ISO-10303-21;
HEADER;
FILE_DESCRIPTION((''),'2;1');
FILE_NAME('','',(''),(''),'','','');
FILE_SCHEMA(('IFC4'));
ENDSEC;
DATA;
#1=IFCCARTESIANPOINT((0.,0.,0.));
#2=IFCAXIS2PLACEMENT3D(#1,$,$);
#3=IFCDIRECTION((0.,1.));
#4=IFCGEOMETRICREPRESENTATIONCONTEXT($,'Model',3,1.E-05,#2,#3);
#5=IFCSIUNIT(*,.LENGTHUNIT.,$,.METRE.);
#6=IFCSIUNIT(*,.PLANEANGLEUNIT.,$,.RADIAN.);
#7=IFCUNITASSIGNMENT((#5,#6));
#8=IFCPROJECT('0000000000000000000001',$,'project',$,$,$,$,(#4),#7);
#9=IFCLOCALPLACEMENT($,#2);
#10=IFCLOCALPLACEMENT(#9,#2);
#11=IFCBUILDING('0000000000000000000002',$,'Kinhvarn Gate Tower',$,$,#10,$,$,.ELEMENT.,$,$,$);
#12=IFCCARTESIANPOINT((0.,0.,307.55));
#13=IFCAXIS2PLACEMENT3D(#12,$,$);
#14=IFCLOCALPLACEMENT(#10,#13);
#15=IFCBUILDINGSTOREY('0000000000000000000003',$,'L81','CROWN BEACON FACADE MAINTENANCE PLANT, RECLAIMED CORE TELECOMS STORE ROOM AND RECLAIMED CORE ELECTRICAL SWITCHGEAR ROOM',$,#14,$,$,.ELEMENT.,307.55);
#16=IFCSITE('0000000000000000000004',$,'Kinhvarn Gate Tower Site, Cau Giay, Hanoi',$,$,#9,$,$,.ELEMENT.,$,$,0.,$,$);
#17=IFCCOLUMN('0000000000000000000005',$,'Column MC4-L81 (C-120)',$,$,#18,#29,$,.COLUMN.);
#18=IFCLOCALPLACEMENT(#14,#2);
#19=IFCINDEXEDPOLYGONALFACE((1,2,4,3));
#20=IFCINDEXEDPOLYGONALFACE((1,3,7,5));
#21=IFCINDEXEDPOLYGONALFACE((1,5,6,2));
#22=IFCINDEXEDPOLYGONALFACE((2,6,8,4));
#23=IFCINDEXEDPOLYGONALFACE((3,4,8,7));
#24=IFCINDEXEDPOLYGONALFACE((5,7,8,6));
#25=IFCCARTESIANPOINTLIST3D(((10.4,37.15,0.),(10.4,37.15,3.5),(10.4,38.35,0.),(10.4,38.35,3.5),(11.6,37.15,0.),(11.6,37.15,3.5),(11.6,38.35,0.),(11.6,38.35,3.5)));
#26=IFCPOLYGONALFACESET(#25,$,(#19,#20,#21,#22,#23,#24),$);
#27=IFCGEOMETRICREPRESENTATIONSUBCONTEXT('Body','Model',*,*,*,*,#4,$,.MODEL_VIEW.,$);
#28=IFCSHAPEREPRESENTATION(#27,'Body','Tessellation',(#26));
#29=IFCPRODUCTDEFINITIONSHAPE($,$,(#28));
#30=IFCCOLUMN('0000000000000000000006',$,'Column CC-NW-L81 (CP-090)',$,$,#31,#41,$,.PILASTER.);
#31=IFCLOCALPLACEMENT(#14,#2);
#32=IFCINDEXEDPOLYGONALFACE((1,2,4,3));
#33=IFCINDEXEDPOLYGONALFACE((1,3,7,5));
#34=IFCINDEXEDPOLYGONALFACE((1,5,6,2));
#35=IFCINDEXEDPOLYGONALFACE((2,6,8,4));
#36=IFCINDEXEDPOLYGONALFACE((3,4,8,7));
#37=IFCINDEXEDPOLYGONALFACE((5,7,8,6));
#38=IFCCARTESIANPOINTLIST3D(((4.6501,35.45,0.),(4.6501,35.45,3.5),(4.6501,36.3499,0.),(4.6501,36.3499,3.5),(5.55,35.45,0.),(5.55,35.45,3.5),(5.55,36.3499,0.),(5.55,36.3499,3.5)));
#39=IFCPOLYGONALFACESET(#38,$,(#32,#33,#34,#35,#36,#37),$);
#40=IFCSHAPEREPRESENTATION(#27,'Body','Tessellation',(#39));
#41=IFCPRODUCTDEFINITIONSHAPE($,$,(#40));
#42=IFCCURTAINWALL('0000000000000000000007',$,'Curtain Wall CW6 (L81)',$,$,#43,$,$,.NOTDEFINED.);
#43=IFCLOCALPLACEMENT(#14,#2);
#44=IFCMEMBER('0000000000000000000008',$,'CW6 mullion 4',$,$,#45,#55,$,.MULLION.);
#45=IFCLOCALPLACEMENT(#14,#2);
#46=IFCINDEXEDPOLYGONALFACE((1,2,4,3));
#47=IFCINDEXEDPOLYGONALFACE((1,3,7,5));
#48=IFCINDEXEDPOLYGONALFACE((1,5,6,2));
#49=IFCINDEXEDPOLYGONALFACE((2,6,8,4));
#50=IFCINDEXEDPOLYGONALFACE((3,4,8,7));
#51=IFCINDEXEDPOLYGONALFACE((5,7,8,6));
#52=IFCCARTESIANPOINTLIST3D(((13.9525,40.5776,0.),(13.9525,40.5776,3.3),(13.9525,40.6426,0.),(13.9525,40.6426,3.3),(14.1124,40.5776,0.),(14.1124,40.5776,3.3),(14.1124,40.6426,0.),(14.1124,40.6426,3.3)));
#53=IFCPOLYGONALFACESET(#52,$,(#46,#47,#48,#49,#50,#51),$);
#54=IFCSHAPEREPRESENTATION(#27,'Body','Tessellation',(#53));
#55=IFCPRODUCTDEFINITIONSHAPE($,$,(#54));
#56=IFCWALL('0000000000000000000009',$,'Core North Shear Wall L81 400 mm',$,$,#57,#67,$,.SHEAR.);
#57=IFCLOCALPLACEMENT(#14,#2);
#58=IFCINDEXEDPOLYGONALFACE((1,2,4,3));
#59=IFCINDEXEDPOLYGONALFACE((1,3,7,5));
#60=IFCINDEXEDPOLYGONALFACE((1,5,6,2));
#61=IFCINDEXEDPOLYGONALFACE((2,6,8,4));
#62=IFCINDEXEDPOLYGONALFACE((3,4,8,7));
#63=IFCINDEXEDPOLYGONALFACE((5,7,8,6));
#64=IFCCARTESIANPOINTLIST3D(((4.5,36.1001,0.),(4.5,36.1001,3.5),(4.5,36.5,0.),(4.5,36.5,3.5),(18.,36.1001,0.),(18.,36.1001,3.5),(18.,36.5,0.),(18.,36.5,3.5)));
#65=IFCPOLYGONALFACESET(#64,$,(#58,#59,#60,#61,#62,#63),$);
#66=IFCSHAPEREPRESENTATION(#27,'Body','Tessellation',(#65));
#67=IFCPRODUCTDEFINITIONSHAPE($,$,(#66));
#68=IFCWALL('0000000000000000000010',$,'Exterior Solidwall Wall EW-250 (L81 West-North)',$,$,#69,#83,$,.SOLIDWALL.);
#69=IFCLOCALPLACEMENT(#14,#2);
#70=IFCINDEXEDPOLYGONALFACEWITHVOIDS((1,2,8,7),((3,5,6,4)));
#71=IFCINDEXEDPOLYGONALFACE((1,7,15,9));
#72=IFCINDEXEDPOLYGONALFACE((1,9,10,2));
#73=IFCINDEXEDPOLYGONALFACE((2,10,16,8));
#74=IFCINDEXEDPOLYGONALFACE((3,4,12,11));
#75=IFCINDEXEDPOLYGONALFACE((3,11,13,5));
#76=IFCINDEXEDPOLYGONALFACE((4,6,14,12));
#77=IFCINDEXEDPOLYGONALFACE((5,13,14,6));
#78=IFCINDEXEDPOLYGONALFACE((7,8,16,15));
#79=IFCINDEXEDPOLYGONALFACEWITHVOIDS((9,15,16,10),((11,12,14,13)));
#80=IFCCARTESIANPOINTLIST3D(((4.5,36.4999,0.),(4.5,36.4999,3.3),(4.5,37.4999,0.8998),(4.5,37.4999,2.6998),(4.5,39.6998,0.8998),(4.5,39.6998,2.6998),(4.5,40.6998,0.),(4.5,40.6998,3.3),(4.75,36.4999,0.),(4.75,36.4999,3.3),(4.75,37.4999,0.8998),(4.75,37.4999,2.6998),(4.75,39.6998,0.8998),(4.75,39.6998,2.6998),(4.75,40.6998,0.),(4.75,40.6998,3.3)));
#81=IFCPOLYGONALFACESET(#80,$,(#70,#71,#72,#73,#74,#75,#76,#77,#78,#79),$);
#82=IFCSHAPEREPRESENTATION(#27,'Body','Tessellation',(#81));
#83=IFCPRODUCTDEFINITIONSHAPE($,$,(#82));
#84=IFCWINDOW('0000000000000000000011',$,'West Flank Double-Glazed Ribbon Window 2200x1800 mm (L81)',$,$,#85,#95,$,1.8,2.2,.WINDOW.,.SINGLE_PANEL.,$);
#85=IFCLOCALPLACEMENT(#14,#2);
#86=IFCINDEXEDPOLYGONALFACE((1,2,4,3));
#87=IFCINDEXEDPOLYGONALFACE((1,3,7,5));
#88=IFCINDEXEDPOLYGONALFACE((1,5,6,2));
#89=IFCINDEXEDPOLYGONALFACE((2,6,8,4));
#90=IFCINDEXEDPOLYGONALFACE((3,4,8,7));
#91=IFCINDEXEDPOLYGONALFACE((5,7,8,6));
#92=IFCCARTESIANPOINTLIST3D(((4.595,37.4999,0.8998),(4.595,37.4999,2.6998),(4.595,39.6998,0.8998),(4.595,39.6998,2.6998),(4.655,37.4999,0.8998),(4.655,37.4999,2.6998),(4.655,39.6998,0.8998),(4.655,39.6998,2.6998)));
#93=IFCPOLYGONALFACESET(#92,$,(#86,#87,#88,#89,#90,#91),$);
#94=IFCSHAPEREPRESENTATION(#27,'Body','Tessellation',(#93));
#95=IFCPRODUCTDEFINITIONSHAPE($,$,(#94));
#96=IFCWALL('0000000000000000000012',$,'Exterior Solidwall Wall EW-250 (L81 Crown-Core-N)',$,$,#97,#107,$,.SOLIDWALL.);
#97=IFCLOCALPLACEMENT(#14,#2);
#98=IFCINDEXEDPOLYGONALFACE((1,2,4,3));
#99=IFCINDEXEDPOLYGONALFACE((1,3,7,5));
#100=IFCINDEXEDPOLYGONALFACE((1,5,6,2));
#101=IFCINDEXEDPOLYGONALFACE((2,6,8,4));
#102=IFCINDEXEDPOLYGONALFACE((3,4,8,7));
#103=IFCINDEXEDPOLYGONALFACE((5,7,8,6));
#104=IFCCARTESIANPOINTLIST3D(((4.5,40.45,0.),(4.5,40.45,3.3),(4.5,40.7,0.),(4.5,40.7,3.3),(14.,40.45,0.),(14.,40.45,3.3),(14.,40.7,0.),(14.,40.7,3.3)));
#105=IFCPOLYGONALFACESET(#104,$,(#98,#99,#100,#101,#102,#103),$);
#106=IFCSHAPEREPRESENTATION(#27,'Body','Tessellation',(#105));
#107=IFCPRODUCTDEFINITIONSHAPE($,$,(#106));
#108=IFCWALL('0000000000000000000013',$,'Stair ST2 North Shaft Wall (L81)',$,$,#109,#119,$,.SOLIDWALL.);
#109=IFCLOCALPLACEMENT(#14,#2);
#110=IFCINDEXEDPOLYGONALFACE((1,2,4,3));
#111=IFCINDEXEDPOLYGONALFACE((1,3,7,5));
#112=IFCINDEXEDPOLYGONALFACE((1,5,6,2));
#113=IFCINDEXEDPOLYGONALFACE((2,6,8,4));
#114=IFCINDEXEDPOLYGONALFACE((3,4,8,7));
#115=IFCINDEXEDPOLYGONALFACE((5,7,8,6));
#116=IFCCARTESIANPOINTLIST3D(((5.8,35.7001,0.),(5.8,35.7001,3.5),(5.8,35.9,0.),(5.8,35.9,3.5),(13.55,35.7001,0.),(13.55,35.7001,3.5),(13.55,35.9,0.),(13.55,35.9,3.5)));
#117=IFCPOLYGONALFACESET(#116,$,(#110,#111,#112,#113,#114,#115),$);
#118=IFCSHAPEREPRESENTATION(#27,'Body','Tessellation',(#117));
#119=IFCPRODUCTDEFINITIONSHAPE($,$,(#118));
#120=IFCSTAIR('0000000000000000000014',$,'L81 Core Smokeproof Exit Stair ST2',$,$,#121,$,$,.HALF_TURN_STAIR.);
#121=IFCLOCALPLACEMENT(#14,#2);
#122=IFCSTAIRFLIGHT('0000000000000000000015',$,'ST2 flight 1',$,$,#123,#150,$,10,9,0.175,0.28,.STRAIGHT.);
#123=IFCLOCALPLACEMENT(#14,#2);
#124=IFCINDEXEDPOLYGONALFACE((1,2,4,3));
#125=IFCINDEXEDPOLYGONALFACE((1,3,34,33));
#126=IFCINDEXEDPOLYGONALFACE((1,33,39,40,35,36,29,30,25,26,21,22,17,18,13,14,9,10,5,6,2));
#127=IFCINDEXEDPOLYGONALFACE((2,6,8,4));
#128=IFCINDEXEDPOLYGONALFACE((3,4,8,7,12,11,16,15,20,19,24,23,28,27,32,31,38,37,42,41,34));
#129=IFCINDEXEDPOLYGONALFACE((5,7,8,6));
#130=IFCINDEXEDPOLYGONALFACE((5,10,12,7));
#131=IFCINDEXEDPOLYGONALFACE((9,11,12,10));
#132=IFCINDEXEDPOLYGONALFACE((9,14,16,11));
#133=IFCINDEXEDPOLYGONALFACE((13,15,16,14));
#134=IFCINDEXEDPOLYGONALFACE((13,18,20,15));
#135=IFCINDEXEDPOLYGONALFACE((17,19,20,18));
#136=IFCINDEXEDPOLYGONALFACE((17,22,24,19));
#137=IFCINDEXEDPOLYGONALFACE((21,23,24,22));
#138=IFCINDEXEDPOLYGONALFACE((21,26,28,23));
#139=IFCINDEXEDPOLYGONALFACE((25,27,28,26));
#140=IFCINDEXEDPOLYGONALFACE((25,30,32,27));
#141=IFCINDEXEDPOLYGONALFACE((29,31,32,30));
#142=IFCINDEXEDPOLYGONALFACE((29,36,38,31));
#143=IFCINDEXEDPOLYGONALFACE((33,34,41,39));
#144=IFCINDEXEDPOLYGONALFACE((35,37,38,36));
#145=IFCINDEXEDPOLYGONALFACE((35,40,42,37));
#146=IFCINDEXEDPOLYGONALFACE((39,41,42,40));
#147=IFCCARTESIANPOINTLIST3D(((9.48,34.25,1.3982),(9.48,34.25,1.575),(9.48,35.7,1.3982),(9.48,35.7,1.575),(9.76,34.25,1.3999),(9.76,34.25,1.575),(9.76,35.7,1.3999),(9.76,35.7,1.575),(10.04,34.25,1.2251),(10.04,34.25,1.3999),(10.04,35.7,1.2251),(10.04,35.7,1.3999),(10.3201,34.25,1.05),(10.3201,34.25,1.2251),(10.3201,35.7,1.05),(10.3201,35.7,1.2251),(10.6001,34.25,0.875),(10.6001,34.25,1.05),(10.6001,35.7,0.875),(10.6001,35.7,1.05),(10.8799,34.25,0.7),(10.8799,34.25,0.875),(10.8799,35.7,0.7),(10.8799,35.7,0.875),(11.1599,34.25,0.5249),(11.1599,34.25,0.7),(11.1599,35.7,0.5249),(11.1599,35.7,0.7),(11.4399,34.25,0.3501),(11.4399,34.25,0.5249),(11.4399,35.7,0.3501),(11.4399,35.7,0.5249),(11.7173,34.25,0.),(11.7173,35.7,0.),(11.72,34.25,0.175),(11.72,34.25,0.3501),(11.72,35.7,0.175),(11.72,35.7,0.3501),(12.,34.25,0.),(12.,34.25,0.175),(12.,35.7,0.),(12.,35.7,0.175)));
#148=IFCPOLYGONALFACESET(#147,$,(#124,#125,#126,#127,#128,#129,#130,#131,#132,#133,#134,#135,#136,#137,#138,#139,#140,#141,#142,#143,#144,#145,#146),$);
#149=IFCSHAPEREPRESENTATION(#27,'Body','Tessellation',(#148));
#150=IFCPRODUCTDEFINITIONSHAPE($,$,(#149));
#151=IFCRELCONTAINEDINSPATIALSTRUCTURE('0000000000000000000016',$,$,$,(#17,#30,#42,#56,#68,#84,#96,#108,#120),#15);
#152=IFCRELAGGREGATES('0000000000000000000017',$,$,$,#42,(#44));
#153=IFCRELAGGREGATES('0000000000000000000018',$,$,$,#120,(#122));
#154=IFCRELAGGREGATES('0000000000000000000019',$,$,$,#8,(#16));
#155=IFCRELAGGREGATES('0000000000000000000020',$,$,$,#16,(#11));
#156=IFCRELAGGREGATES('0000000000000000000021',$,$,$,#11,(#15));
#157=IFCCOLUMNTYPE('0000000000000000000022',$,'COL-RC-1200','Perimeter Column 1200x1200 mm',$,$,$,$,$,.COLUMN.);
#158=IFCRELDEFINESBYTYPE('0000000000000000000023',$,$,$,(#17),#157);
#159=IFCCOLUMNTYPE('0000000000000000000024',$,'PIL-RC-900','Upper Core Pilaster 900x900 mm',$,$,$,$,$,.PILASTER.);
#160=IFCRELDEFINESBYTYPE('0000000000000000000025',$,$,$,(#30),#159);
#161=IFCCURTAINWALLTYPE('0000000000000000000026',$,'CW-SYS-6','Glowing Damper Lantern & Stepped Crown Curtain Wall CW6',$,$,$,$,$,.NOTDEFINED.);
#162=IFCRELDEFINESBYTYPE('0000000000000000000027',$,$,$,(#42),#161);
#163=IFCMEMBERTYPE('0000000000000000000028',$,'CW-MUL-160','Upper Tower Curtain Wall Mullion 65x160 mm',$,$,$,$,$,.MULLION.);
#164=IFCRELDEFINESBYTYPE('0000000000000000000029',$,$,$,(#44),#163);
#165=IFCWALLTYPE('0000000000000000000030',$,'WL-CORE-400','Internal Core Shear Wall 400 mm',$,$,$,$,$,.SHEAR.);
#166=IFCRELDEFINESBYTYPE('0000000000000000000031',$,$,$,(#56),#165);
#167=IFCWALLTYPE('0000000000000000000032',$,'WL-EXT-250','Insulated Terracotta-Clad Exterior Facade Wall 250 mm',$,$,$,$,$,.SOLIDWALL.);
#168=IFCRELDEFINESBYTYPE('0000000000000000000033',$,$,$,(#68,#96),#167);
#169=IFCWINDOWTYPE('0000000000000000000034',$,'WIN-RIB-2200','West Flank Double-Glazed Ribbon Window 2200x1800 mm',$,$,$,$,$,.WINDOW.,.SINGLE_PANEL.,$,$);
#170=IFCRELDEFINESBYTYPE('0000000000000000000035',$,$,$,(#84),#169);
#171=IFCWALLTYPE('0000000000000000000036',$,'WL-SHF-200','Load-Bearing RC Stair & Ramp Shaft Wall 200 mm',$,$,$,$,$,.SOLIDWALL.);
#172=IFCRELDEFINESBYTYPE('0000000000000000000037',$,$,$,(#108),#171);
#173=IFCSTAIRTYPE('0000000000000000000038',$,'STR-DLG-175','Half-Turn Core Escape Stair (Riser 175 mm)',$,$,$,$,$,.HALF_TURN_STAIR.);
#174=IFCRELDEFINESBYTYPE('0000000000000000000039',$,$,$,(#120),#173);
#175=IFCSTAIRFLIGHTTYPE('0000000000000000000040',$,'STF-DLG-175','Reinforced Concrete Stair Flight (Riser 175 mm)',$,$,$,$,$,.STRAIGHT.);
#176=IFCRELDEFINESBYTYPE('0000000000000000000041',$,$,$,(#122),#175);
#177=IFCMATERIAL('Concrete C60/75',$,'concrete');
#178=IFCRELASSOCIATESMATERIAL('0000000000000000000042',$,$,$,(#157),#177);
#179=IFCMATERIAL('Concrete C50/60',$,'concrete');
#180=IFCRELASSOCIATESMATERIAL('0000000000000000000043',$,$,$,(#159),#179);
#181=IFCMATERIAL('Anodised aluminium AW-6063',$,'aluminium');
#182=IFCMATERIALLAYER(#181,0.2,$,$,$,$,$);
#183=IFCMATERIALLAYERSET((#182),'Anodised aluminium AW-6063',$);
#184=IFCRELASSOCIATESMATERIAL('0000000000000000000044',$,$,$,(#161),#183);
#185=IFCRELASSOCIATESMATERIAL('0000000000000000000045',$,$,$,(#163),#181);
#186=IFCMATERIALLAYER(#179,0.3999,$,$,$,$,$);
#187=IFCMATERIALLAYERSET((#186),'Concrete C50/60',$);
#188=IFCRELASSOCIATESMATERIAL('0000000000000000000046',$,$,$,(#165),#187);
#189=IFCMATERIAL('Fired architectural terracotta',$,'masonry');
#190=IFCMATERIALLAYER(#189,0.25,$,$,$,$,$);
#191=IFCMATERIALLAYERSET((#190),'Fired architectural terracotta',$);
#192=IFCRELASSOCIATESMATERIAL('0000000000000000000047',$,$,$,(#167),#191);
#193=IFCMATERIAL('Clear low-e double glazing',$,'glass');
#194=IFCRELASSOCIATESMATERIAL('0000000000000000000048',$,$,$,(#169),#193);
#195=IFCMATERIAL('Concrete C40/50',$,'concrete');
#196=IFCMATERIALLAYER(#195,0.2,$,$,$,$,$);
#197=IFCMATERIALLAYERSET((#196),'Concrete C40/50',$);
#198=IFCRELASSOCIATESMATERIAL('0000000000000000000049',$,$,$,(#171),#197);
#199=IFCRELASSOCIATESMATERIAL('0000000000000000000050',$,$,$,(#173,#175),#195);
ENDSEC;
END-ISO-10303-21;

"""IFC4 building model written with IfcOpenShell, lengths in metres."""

from ifc_helpers import new_model, si_unit, direction, frame, frame_2d, origin, origin_2d, place, context, subcontext, project, spatial, polyline, rectangle, outline, extrude, material, layer, layer_set, material_profile, profile_set, type_object, element, fill, aggregate, save


model = new_model("IFC4")

# Units and contexts
model_context = context("Model", 3, precision=1e-05, world=origin(), true_north=direction((0.0, 1.0)))
body_context = subcontext(model_context, "Body", "Model", "MODEL_VIEW")
ifc_project = project(units=[si_unit("LENGTHUNIT", "METRE"), si_unit("PLANEANGLEUNIT", "RADIAN")], contexts=[model_context])

# Site, building, storey
site_placement = place(None, origin())
site = spatial("IfcSite", under=ifc_project, at=site_placement, Name="Kinhvarn Gate Tower Site, Cau Giay, Hanoi", CompositionType="ELEMENT", RefElevation=0.0)
building_placement = place(site_placement, origin())
building = spatial("IfcBuilding", under=site, at=building_placement, Name="Kinhvarn Gate Tower", CompositionType="ELEMENT")
storey_placement = place(building_placement, frame((0.0, 0.0, 307.55)))
storey = spatial("IfcBuildingStorey", under=building, at=storey_placement, Name="L81", Description="CROWN BEACON FACADE MAINTENANCE PLANT, RECLAIMED CORE TELECOMS STORE ROOM AND RECLAIMED CORE ELECTRICAL SWITCHGEAR ROOM", CompositionType="ELEMENT", Elevation=307.55)

# Columns
ifc_material_1 = material(Name="Concrete C60/75", Category="concrete")
ifc_material_profile_1 = material_profile(ifc_material_1, rectangle(XDim=1.2, YDim=1.2, at=origin_2d()), Name="RC 1200x1200")
ifc_profile_set_1 = profile_set([ifc_material_profile_1], Name="Concrete C60/75")
column_type_1 = type_object("IfcColumnType", Name="COL-RC-1200", Description="Perimeter Column 1200x1200 mm", PredefinedType="COLUMN", material=ifc_profile_set_1)
column_1_placement = place(storey_placement, frame((11.0, 37.75, 0.0), z_axis=(0.0, 0.0, 1.0), x_axis=(1.0, 0.0, 0.0)))
element("IfcColumn", 1, at=column_1_placement, inside=storey, type_object=column_type_1, Name="Column MC4-L81 (C-120)", PredefinedType="COLUMN", context=body_context, shape_type="SweptSolid", body=[
    extrude(rectangle(XDim=1.2, YDim=1.2, at=origin_2d()), origin(), (0.0, 0.0, 1.0), 3.5),
])
ifc_material_2 = material(Name="Concrete C50/60", Category="concrete")
ifc_material_profile_2 = material_profile(ifc_material_2, rectangle(XDim=0.8999, YDim=0.8999, at=origin_2d()), Name="RC 900x900")
ifc_profile_set_2 = profile_set([ifc_material_profile_2], Name="Concrete C50/60")
column_type_2 = type_object("IfcColumnType", Name="PIL-RC-900", Description="Upper Core Pilaster 900x900 mm", PredefinedType="PILASTER", material=ifc_profile_set_2)
column_2_placement = place(storey_placement, frame((5.1001, 35.8999, 0.0), z_axis=(0.0, 0.0, 1.0), x_axis=(1.0, 0.0, 0.0)))
element("IfcColumn", 2, at=column_2_placement, inside=storey, type_object=column_type_2, Name="Column CC-NW-L81 (CP-090)", PredefinedType="PILASTER", context=body_context, shape_type="SweptSolid", body=[
    extrude(rectangle(XDim=0.8999, YDim=0.8999, at=origin_2d()), origin(), (0.0, 0.0, 1.0), 3.5),
])

# Curtain wall, member
ifc_material_3 = material(Name="Anodised aluminium AW-6063", Category="aluminium")
ifc_layer_1 = layer(ifc_material_3, 0.2)
ifc_layer_set_1 = layer_set([ifc_layer_1], Name="Anodised aluminium AW-6063")
curtain_wall_type = type_object("IfcCurtainWallType", Name="CW-SYS-6", Description="Glowing Damper Lantern & Stepped Crown Curtain Wall CW6", PredefinedType="NOTDEFINED", material=ifc_layer_set_1)
curtain_wall_placement = place(storey_placement, origin())
curtain_wall = element("IfcCurtainWall", 3, at=curtain_wall_placement, inside=storey, type_object=curtain_wall_type, Name="Curtain Wall CW6 (L81)", PredefinedType="NOTDEFINED")
ifc_material_profile_3 = material_profile(ifc_material_3, rectangle(XDim=0.0649, YDim=0.1599, at=origin_2d()), Name="ALU 65x160")
ifc_profile_set_3 = profile_set([ifc_material_profile_3], Name="Anodised aluminium AW-6063")
member_type = type_object("IfcMemberType", Name="CW-MUL-160", Description="Upper Tower Curtain Wall Mullion 65x160 mm", PredefinedType="MULLION", material=ifc_profile_set_3)
member_placement = place(storey_placement, frame((14.0325, 40.6101, 0.0), z_axis=(0.0, 0.0, 1.0), x_axis=(0.0, -1.0, 0.0)))
member = element("IfcMember", 4, at=member_placement, type_object=member_type, Name="CW6 mullion 4", PredefinedType="MULLION", context=body_context, shape_type="SweptSolid", body=[
    extrude(rectangle(XDim=0.0649, YDim=0.1599, at=origin_2d()), origin(), (0.0, 0.0, 1.0), 3.3),
])
aggregate(curtain_wall, [member])

# Wall
ifc_layer_2 = layer(ifc_material_2, 0.3999)
ifc_layer_set_2 = layer_set([ifc_layer_2], Name="Concrete C50/60")
wall_type_1 = type_object("IfcWallType", Name="WL-CORE-400", Description="Internal Core Shear Wall 400 mm", PredefinedType="SHEAR", material=ifc_layer_set_2)
wall_1_placement = place(storey_placement, frame((4.5, 36.3, 0.0), z_axis=(0.0, 0.0, 1.0), x_axis=(1.0, 0.0, 0.0)))
element("IfcWall", 5, at=wall_1_placement, inside=storey, type_object=wall_type_1, Name="Core North Shear Wall L81 400 mm", PredefinedType="SHEAR", context=body_context, shape_type="SweptSolid", body=[
    extrude(rectangle(XDim=13.5, YDim=0.3999, at=frame_2d((6.75, 0.0))), origin(), (0.0, 0.0, 1.0), 3.5),
])

# Wall, opening, window
ifc_material_4 = material(Name="Fired architectural terracotta", Category="masonry")
ifc_layer_3 = layer(ifc_material_4, 0.25)
ifc_layer_set_3 = layer_set([ifc_layer_3], Name="Fired architectural terracotta")
wall_type_2 = type_object("IfcWallType", Name="WL-EXT-250", Description="Insulated Terracotta-Clad Exterior Facade Wall 250 mm", PredefinedType="SOLIDWALL", material=ifc_layer_set_3)
wall_2_placement = place(storey_placement, frame((4.625, 40.7, 0.0), z_axis=(0.0, 0.0, 1.0), x_axis=(0.0, -1.0, 0.0)))
wall_2 = element("IfcWall", 6, at=wall_2_placement, inside=storey, type_object=wall_type_2, Name="Exterior Solidwall Wall EW-250 (L81 West-North)", PredefinedType="SOLIDWALL", context=body_context, shape_type="SweptSolid", body=[
    extrude(rectangle(XDim=4.2, YDim=0.25, at=frame_2d((2.1001, 0.0))), origin(), (0.0, 0.0, 1.0), 3.3),
])
opening_placement = place(wall_2_placement, frame((1.0, 0.0, 0.8999)))
opening = element("IfcOpeningElement", 7, at=opening_placement, cuts=wall_2, PredefinedType="OPENING", context=body_context, shape_type="SweptSolid", body=[
    extrude(rectangle(XDim=2.2, YDim=1.8, at=frame_2d((1.1001, 0.8999))), frame((0.0, 0.135, 0.0), z_axis=(0.0, -1.0, 0.0), x_axis=(1.0, 0.0, 0.0)), (0.0, 0.0, 1.0), 0.27),
])
ifc_material_5 = material(Name="Clear low-e double glazing", Category="glass")
window_type = type_object("IfcWindowType", Name="WIN-RIB-2200", Description="West Flank Double-Glazed Ribbon Window 2200x1800 mm", PartitioningType="SINGLE_PANEL", PredefinedType="WINDOW", material=ifc_material_5)
window_placement = place(opening_placement, origin())
window = element("IfcWindow", 8, at=window_placement, inside=storey, type_object=window_type, Name="West Flank Double-Glazed Ribbon Window 2200x1800 mm (L81)", OverallHeight=1.8, OverallWidth=2.2, PartitioningType="SINGLE_PANEL", PredefinedType="WINDOW", context=body_context, shape_type="SweptSolid", body=[
    extrude(rectangle(XDim=2.2, YDim=1.8, at=frame_2d((1.1001, 0.8999))), frame((0.0, 0.03, 0.0), z_axis=(0.0, -1.0, 0.0), x_axis=(1.0, 0.0, 0.0)), (0.0, 0.0, 1.0), 0.0601),
])
fill(opening, window)

# Walls
wall_3_placement = place(storey_placement, frame((14.0, 40.575, 0.0), z_axis=(0.0, 0.0, 1.0), x_axis=(-1.0, 0.0, 0.0)))
element("IfcWall", 9, at=wall_3_placement, inside=storey, type_object=wall_type_2, Name="Exterior Solidwall Wall EW-250 (L81 Crown-Core-N)", PredefinedType="SOLIDWALL", context=body_context, shape_type="SweptSolid", body=[
    extrude(rectangle(XDim=9.5, YDim=0.25, at=frame_2d((4.75, 0.0))), origin(), (0.0, 0.0, 1.0), 3.3),
])
ifc_material_6 = material(Name="Concrete C40/50", Category="concrete")
ifc_layer_4 = layer(ifc_material_6, 0.2)
ifc_layer_set_4 = layer_set([ifc_layer_4], Name="Concrete C40/50")
wall_type_3 = type_object("IfcWallType", Name="WL-SHF-200", Description="Load-Bearing RC Stair & Ramp Shaft Wall 200 mm", PredefinedType="SOLIDWALL", material=ifc_layer_set_4)
wall_4_placement = place(storey_placement, frame((5.8, 35.8, 0.0), z_axis=(0.0, 0.0, 1.0), x_axis=(1.0, 0.0, 0.0)))
element("IfcWall", 10, at=wall_4_placement, inside=storey, type_object=wall_type_3, Name="Stair ST2 North Shaft Wall (L81)", PredefinedType="SOLIDWALL", context=body_context, shape_type="SweptSolid", body=[
    extrude(rectangle(XDim=7.75, YDim=0.2, at=frame_2d((3.875, 0.0))), origin(), (0.0, 0.0, 1.0), 3.5),
])

# Stair, stair flight
stair_type = type_object("IfcStairType", Name="STR-DLG-175", Description="Half-Turn Core Escape Stair (Riser 175 mm)", PredefinedType="HALF_TURN_STAIR", material=ifc_material_6)
stair_placement = place(storey_placement, origin())
stair = element("IfcStair", 11, at=stair_placement, inside=storey, type_object=stair_type, Name="L81 Core Smokeproof Exit Stair ST2", PredefinedType="HALF_TURN_STAIR")
stair_flight_type = type_object("IfcStairFlightType", Name="STF-DLG-175", Description="Reinforced Concrete Stair Flight (Riser 175 mm)", PredefinedType="STRAIGHT", material=ifc_material_6)
stair_flight_1_placement = place(storey_placement, frame((12.0, 34.9751, 0.0), z_axis=(0.0, 0.0, 1.0), x_axis=(-1.0, 0.0, 0.0)))
stair_flight_1 = element("IfcStairFlight", 12, at=stair_flight_1_placement, type_object=stair_flight_type, Name="ST2 flight 1", NumberOfRisers=10, NumberOfTreads=9, PredefinedType="STRAIGHT", RiserHeight=0.175, TreadLength=0.28, context=body_context, shape_type="SweptSolid", body=[
    extrude(outline(polyline([(0.0, 0.0), (0.0, 0.175), (0.28, 0.175), (0.28, 0.3501), (0.5601, 0.3501), (0.5601, 0.5249), (0.8401, 0.5249), (0.8401, 0.7), (1.1201, 0.7), (1.1201, 0.875), (1.3999, 0.875), (1.3999, 1.05), (1.6799, 1.05), (1.6799, 1.2251), (1.96, 1.2251), (1.96, 1.3999), (2.24, 1.3999), (2.24, 1.575), (2.52, 1.575), (2.52, 1.75), (2.52, 1.3982), (0.2827, 0.0), (0.0, 0.0)])), frame((0.0, 0.7251, 0.0), z_axis=(0.0, -1.0, 0.0), x_axis=(1.0, 0.0, 0.0)), (0.0, 0.0, 1.0), 1.45),
])
aggregate(stair, [stair_flight_1])

save(model, "model.ifc")
